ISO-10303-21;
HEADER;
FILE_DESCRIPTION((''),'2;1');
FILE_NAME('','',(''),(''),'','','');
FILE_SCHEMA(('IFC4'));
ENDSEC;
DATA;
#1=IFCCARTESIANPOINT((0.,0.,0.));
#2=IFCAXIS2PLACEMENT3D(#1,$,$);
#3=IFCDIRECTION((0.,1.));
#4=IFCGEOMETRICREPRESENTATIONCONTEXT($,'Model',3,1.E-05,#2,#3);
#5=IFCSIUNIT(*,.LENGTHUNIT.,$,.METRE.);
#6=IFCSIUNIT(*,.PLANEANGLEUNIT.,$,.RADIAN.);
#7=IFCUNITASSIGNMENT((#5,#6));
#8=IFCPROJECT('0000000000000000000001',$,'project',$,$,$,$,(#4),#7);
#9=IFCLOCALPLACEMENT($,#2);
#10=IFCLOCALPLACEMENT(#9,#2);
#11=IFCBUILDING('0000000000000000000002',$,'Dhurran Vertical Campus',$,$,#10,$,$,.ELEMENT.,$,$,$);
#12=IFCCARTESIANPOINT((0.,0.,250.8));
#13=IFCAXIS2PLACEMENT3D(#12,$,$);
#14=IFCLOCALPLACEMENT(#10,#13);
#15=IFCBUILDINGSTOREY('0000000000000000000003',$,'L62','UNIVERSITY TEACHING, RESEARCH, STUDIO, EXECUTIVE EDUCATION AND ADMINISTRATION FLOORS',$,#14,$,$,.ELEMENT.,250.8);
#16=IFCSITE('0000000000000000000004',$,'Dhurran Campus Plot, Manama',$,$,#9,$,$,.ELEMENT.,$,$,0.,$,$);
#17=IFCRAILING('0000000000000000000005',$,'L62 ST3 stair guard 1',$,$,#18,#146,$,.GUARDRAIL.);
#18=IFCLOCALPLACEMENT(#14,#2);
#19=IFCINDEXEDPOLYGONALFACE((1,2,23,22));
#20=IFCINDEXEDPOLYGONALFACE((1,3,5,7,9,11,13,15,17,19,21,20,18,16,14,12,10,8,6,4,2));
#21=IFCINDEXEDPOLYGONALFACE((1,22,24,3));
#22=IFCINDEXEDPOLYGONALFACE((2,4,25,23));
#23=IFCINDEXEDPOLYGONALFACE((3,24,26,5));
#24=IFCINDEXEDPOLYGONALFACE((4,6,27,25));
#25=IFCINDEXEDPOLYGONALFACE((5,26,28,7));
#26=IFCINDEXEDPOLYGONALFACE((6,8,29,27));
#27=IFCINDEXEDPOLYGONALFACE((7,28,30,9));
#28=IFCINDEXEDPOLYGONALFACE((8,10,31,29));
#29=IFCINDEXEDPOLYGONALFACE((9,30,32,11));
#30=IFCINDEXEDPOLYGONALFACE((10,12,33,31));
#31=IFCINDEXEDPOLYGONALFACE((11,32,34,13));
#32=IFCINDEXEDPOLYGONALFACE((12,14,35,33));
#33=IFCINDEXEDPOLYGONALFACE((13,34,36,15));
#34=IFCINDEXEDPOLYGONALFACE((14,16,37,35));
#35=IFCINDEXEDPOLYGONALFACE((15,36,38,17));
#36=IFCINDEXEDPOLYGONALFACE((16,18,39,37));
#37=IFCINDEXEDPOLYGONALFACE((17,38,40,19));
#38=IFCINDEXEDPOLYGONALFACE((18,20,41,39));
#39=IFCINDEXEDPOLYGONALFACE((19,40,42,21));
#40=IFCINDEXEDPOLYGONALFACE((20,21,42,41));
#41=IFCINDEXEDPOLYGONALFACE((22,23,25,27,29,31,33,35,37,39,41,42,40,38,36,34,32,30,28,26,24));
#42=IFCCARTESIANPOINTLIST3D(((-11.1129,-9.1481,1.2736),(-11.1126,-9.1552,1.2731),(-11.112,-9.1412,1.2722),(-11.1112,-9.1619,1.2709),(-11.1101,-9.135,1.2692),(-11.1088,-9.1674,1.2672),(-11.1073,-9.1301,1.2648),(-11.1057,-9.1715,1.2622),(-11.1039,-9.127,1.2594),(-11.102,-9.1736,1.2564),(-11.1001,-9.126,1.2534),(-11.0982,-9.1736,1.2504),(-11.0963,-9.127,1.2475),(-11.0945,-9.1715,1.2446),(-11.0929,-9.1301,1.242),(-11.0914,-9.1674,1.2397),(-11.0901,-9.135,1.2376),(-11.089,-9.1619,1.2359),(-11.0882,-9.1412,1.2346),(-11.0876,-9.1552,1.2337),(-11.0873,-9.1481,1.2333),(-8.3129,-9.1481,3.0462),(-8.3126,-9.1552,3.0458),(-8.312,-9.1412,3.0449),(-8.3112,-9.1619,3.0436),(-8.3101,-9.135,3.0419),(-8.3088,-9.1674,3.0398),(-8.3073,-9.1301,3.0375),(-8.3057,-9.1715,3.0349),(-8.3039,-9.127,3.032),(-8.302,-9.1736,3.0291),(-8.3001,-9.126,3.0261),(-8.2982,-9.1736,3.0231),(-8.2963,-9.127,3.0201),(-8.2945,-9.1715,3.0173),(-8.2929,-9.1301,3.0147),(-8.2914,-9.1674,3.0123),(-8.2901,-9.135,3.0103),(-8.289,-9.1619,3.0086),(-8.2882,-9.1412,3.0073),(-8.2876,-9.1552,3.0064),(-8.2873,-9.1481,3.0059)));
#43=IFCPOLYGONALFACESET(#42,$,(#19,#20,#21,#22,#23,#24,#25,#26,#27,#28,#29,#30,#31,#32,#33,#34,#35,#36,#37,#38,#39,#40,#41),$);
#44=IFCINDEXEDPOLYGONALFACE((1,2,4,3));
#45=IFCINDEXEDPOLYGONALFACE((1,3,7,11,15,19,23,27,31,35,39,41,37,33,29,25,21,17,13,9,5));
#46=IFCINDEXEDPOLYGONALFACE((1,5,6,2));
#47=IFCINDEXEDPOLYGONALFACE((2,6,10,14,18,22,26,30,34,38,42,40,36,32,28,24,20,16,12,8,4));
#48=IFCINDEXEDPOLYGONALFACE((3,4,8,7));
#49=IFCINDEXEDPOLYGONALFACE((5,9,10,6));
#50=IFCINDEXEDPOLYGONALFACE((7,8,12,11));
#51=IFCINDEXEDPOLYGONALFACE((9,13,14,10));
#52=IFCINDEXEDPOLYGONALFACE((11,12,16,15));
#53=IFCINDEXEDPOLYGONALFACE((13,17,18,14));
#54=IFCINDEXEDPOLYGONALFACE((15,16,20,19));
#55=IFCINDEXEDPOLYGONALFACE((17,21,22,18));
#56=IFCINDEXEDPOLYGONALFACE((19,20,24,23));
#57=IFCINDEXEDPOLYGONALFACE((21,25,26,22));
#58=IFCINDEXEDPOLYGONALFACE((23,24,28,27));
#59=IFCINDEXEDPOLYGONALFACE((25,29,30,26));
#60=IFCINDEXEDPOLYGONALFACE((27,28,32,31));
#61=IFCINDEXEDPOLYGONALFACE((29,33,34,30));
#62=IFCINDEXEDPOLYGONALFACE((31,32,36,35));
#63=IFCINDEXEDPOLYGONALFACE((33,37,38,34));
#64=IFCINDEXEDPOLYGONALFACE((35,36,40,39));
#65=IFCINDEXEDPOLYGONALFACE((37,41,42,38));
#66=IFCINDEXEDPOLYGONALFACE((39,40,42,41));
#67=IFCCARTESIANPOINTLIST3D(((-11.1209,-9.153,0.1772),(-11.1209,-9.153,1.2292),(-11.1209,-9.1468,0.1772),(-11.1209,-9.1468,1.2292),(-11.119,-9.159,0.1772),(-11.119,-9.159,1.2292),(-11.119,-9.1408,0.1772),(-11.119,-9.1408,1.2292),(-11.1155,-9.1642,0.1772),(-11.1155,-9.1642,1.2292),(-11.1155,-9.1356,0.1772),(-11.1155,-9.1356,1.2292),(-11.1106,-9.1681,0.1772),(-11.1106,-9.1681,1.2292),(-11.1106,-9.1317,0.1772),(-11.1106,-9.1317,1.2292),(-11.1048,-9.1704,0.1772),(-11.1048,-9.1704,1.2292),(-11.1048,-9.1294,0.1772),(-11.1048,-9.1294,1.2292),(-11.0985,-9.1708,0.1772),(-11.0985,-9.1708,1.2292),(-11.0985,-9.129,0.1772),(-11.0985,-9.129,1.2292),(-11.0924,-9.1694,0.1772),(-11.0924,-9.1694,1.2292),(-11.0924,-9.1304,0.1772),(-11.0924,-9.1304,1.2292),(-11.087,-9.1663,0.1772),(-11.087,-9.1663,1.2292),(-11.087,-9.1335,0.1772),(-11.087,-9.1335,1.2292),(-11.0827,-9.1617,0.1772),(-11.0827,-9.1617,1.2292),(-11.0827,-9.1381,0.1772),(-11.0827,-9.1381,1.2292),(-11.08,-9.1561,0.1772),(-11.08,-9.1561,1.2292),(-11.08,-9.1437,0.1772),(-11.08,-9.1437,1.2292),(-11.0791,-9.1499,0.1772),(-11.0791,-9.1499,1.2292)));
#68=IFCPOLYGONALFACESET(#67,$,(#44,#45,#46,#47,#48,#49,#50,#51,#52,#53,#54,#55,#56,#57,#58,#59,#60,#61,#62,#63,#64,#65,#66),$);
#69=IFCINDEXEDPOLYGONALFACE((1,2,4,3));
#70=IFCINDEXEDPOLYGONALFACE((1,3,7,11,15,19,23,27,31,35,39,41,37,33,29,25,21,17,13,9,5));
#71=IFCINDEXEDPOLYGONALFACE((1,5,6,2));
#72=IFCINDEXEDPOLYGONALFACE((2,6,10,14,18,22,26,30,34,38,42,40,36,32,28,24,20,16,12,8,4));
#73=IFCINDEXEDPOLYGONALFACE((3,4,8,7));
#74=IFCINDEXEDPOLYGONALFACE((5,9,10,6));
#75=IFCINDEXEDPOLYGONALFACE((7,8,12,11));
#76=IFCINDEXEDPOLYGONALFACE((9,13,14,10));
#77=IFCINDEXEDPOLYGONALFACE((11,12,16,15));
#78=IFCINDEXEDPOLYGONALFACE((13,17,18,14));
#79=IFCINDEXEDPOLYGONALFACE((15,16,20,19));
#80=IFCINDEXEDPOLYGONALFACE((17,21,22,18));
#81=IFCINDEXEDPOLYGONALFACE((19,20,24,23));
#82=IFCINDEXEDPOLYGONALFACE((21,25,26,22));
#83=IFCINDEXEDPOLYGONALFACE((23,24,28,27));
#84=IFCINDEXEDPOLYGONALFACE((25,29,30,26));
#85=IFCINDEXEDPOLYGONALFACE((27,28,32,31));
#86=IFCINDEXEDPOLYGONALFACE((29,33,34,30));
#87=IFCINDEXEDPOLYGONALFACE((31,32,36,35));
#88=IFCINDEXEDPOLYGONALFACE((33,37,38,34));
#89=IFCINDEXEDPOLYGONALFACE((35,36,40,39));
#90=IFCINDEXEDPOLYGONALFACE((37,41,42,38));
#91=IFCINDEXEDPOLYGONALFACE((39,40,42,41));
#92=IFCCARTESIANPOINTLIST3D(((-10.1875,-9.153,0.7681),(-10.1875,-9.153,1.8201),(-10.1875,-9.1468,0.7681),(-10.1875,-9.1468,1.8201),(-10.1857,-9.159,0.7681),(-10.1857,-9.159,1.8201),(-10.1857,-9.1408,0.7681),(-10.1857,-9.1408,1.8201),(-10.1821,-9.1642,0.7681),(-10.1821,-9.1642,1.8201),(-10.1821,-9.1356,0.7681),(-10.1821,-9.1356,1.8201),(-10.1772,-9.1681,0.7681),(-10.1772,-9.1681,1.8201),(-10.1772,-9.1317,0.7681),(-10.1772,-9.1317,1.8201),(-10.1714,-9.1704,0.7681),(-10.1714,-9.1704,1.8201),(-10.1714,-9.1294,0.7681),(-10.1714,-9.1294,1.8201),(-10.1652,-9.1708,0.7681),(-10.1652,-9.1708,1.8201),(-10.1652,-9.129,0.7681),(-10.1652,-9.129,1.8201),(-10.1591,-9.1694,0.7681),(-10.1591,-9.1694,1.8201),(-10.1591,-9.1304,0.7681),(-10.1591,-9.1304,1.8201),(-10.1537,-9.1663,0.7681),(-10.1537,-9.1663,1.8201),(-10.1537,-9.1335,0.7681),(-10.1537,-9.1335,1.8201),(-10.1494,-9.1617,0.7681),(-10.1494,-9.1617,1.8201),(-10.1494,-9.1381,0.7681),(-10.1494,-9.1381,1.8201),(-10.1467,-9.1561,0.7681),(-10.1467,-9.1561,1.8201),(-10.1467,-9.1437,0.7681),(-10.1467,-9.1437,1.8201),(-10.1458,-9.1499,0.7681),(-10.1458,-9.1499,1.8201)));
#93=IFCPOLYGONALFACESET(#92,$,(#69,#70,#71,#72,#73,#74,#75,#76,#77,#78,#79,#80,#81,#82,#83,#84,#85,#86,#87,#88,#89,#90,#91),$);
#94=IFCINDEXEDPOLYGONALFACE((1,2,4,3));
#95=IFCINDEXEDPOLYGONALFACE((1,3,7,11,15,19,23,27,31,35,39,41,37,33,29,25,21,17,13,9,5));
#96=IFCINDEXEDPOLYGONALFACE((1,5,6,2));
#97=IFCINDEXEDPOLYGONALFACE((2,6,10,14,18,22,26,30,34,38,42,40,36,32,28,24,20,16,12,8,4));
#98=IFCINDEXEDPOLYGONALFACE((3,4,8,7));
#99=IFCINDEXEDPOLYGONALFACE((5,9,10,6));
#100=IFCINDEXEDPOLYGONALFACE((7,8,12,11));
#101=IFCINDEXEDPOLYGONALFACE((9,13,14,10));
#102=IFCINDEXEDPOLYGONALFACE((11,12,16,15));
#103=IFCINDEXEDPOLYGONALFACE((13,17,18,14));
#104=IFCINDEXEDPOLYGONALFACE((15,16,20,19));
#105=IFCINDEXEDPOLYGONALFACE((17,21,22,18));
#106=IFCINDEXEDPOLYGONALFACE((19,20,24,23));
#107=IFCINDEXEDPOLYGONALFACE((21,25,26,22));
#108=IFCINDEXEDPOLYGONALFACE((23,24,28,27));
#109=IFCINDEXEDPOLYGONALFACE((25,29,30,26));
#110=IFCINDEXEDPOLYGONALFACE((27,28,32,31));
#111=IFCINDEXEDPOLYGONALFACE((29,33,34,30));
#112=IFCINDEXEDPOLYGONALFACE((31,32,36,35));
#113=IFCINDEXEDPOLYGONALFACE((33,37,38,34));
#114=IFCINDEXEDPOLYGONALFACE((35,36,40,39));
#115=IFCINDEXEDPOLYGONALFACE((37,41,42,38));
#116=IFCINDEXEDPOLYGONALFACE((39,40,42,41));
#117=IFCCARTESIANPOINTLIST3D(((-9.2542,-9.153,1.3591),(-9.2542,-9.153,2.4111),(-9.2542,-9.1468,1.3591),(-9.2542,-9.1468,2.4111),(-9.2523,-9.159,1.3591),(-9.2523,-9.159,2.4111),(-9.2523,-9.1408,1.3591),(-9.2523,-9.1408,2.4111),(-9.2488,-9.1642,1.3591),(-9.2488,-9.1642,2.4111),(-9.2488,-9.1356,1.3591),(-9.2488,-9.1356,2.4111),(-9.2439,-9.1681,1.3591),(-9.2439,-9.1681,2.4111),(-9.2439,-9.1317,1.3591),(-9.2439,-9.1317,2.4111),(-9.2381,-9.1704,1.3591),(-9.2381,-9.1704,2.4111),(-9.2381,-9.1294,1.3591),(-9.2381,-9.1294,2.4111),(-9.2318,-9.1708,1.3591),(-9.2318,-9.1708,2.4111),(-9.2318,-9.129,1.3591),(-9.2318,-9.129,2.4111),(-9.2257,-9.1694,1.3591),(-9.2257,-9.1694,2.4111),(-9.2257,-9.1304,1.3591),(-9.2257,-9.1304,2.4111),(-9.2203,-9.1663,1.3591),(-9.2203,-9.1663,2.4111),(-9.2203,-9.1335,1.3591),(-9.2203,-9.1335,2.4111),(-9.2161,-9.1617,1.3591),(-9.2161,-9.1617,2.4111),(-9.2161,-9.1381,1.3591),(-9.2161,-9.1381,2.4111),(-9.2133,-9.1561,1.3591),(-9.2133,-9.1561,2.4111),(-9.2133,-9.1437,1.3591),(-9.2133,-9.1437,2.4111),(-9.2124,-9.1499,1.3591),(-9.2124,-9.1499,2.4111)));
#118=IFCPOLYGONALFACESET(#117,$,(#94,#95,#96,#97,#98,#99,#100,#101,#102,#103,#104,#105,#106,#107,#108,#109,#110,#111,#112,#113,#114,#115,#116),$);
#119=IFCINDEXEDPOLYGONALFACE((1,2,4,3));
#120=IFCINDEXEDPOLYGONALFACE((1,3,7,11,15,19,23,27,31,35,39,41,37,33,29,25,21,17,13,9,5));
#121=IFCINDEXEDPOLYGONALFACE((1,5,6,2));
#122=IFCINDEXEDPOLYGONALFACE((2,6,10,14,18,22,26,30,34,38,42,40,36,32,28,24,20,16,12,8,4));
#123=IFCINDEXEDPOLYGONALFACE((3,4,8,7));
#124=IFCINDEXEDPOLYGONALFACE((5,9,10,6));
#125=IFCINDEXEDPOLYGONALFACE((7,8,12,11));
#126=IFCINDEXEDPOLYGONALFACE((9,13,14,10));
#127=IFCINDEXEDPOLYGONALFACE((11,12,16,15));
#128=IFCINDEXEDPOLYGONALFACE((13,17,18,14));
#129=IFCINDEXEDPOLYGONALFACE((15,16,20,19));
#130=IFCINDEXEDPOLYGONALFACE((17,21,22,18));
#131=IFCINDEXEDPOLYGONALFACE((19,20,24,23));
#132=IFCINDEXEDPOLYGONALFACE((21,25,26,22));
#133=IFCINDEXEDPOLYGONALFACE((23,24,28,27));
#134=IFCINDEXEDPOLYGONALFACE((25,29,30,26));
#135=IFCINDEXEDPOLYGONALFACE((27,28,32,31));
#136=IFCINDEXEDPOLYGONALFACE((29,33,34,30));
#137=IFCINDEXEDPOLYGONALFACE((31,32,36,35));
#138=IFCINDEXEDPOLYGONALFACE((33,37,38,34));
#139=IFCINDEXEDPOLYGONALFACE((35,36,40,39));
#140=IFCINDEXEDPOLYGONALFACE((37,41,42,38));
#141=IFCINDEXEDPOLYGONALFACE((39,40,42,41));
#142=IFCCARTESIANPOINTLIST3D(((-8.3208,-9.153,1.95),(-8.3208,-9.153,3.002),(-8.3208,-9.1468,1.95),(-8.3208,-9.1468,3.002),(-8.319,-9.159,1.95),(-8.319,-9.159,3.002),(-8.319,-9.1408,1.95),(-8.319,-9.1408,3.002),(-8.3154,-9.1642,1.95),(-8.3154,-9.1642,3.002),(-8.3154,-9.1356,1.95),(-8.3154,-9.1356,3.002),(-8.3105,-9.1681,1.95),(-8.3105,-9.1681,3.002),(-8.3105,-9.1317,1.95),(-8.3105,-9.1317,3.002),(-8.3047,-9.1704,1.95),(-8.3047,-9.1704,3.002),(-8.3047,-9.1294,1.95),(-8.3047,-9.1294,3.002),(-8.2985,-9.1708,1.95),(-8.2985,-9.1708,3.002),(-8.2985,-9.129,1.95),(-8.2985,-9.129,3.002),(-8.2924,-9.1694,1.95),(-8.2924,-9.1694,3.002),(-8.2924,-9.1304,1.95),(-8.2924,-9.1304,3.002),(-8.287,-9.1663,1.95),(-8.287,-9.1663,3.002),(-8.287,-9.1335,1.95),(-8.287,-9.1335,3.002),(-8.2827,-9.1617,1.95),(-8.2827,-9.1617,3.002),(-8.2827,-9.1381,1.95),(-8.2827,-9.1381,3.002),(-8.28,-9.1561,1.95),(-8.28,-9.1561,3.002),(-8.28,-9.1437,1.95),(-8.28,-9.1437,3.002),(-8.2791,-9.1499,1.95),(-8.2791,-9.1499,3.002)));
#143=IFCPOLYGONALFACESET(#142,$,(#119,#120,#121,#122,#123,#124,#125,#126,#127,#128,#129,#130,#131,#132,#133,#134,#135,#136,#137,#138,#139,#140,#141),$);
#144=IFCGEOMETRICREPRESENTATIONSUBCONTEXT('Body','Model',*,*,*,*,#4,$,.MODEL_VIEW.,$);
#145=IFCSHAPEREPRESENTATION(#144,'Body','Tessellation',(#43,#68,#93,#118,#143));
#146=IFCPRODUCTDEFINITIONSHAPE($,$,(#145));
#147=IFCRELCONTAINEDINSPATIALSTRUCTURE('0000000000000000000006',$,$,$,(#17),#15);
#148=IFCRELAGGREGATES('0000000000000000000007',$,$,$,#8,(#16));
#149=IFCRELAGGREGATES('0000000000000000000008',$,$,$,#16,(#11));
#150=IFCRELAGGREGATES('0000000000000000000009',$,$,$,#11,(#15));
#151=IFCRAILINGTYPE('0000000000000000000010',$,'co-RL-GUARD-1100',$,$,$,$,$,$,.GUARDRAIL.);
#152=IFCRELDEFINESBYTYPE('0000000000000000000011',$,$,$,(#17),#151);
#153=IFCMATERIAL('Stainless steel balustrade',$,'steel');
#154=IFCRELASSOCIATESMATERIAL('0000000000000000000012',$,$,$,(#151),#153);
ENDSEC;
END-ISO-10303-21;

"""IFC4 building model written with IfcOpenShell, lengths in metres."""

from ifc_helpers import new_model, si_unit, direction, frame, origin, origin_2d, place, context, subcontext, project, spatial, circle, extrude, material, type_object, element, save


model = new_model("IFC4")

# Units and contexts
model_context = context("Model", 3, precision=1e-05, world=origin(), true_north=direction((0.0, 1.0)))
body_context = subcontext(model_context, "Body", "Model", "MODEL_VIEW")
ifc_project = project(units=[si_unit("LENGTHUNIT", "METRE"), si_unit("PLANEANGLEUNIT", "RADIAN")], contexts=[model_context])

# Site, building, storey
site_placement = place(None, origin())
site = spatial("IfcSite", under=ifc_project, at=site_placement, Name="Dhurran Campus Plot, Manama", CompositionType="ELEMENT", RefElevation=0.0)
building_placement = place(site_placement, origin())
building = spatial("IfcBuilding", under=site, at=building_placement, Name="Dhurran Vertical Campus", CompositionType="ELEMENT")
storey_placement = place(building_placement, frame((0.0, 0.0, 250.8)))
storey = spatial("IfcBuildingStorey", under=building, at=storey_placement, Name="L62", Description="UNIVERSITY TEACHING, RESEARCH, STUDIO, EXECUTIVE EDUCATION AND ADMINISTRATION FLOORS", CompositionType="ELEMENT", Elevation=250.8)

# Railing
ifc_material_1 = material(Name="Stainless steel balustrade", Category="steel")
railing_type_1 = type_object("IfcRailingType", Name="co-RL-GUARD-1100", PredefinedType="GUARDRAIL", material=ifc_material_1)
railing_1_placement = place(storey_placement, frame((-11.1001, -9.1499, 0.1772)))
element("IfcRailing", 1, at=railing_1_placement, inside=storey, type_object=railing_type_1, Name="L62 ST3 stair guard 1", PredefinedType="GUARDRAIL", context=body_context, shape_type="SweptSolid", body=[
    extrude(circle(Radius=0.0239, at=origin_2d()), frame((0.0, 0.0, 1.0762), z_axis=(0.844909, 0.0, 0.53491), x_axis=(0.0, 1.0, 0.0)), (0.0, 0.0, 1.0), 3.314),
    extrude(circle(Radius=0.021, at=origin_2d()), origin(), (0.0, 0.0, 1.0), 1.052),
    extrude(circle(Radius=0.021, at=origin_2d()), frame((0.9333, 0.0, 0.5908)), (0.0, 0.0, 1.0), 1.052),
    extrude(circle(Radius=0.021, at=origin_2d()), frame((1.8667, 0.0, 1.1819)), (0.0, 0.0, 1.0), 1.052),
    extrude(circle(Radius=0.021, at=origin_2d()), frame((2.8, 0.0, 1.7727)), (0.0, 0.0, 1.0), 1.052),
])

save(model, "model.ifc")
